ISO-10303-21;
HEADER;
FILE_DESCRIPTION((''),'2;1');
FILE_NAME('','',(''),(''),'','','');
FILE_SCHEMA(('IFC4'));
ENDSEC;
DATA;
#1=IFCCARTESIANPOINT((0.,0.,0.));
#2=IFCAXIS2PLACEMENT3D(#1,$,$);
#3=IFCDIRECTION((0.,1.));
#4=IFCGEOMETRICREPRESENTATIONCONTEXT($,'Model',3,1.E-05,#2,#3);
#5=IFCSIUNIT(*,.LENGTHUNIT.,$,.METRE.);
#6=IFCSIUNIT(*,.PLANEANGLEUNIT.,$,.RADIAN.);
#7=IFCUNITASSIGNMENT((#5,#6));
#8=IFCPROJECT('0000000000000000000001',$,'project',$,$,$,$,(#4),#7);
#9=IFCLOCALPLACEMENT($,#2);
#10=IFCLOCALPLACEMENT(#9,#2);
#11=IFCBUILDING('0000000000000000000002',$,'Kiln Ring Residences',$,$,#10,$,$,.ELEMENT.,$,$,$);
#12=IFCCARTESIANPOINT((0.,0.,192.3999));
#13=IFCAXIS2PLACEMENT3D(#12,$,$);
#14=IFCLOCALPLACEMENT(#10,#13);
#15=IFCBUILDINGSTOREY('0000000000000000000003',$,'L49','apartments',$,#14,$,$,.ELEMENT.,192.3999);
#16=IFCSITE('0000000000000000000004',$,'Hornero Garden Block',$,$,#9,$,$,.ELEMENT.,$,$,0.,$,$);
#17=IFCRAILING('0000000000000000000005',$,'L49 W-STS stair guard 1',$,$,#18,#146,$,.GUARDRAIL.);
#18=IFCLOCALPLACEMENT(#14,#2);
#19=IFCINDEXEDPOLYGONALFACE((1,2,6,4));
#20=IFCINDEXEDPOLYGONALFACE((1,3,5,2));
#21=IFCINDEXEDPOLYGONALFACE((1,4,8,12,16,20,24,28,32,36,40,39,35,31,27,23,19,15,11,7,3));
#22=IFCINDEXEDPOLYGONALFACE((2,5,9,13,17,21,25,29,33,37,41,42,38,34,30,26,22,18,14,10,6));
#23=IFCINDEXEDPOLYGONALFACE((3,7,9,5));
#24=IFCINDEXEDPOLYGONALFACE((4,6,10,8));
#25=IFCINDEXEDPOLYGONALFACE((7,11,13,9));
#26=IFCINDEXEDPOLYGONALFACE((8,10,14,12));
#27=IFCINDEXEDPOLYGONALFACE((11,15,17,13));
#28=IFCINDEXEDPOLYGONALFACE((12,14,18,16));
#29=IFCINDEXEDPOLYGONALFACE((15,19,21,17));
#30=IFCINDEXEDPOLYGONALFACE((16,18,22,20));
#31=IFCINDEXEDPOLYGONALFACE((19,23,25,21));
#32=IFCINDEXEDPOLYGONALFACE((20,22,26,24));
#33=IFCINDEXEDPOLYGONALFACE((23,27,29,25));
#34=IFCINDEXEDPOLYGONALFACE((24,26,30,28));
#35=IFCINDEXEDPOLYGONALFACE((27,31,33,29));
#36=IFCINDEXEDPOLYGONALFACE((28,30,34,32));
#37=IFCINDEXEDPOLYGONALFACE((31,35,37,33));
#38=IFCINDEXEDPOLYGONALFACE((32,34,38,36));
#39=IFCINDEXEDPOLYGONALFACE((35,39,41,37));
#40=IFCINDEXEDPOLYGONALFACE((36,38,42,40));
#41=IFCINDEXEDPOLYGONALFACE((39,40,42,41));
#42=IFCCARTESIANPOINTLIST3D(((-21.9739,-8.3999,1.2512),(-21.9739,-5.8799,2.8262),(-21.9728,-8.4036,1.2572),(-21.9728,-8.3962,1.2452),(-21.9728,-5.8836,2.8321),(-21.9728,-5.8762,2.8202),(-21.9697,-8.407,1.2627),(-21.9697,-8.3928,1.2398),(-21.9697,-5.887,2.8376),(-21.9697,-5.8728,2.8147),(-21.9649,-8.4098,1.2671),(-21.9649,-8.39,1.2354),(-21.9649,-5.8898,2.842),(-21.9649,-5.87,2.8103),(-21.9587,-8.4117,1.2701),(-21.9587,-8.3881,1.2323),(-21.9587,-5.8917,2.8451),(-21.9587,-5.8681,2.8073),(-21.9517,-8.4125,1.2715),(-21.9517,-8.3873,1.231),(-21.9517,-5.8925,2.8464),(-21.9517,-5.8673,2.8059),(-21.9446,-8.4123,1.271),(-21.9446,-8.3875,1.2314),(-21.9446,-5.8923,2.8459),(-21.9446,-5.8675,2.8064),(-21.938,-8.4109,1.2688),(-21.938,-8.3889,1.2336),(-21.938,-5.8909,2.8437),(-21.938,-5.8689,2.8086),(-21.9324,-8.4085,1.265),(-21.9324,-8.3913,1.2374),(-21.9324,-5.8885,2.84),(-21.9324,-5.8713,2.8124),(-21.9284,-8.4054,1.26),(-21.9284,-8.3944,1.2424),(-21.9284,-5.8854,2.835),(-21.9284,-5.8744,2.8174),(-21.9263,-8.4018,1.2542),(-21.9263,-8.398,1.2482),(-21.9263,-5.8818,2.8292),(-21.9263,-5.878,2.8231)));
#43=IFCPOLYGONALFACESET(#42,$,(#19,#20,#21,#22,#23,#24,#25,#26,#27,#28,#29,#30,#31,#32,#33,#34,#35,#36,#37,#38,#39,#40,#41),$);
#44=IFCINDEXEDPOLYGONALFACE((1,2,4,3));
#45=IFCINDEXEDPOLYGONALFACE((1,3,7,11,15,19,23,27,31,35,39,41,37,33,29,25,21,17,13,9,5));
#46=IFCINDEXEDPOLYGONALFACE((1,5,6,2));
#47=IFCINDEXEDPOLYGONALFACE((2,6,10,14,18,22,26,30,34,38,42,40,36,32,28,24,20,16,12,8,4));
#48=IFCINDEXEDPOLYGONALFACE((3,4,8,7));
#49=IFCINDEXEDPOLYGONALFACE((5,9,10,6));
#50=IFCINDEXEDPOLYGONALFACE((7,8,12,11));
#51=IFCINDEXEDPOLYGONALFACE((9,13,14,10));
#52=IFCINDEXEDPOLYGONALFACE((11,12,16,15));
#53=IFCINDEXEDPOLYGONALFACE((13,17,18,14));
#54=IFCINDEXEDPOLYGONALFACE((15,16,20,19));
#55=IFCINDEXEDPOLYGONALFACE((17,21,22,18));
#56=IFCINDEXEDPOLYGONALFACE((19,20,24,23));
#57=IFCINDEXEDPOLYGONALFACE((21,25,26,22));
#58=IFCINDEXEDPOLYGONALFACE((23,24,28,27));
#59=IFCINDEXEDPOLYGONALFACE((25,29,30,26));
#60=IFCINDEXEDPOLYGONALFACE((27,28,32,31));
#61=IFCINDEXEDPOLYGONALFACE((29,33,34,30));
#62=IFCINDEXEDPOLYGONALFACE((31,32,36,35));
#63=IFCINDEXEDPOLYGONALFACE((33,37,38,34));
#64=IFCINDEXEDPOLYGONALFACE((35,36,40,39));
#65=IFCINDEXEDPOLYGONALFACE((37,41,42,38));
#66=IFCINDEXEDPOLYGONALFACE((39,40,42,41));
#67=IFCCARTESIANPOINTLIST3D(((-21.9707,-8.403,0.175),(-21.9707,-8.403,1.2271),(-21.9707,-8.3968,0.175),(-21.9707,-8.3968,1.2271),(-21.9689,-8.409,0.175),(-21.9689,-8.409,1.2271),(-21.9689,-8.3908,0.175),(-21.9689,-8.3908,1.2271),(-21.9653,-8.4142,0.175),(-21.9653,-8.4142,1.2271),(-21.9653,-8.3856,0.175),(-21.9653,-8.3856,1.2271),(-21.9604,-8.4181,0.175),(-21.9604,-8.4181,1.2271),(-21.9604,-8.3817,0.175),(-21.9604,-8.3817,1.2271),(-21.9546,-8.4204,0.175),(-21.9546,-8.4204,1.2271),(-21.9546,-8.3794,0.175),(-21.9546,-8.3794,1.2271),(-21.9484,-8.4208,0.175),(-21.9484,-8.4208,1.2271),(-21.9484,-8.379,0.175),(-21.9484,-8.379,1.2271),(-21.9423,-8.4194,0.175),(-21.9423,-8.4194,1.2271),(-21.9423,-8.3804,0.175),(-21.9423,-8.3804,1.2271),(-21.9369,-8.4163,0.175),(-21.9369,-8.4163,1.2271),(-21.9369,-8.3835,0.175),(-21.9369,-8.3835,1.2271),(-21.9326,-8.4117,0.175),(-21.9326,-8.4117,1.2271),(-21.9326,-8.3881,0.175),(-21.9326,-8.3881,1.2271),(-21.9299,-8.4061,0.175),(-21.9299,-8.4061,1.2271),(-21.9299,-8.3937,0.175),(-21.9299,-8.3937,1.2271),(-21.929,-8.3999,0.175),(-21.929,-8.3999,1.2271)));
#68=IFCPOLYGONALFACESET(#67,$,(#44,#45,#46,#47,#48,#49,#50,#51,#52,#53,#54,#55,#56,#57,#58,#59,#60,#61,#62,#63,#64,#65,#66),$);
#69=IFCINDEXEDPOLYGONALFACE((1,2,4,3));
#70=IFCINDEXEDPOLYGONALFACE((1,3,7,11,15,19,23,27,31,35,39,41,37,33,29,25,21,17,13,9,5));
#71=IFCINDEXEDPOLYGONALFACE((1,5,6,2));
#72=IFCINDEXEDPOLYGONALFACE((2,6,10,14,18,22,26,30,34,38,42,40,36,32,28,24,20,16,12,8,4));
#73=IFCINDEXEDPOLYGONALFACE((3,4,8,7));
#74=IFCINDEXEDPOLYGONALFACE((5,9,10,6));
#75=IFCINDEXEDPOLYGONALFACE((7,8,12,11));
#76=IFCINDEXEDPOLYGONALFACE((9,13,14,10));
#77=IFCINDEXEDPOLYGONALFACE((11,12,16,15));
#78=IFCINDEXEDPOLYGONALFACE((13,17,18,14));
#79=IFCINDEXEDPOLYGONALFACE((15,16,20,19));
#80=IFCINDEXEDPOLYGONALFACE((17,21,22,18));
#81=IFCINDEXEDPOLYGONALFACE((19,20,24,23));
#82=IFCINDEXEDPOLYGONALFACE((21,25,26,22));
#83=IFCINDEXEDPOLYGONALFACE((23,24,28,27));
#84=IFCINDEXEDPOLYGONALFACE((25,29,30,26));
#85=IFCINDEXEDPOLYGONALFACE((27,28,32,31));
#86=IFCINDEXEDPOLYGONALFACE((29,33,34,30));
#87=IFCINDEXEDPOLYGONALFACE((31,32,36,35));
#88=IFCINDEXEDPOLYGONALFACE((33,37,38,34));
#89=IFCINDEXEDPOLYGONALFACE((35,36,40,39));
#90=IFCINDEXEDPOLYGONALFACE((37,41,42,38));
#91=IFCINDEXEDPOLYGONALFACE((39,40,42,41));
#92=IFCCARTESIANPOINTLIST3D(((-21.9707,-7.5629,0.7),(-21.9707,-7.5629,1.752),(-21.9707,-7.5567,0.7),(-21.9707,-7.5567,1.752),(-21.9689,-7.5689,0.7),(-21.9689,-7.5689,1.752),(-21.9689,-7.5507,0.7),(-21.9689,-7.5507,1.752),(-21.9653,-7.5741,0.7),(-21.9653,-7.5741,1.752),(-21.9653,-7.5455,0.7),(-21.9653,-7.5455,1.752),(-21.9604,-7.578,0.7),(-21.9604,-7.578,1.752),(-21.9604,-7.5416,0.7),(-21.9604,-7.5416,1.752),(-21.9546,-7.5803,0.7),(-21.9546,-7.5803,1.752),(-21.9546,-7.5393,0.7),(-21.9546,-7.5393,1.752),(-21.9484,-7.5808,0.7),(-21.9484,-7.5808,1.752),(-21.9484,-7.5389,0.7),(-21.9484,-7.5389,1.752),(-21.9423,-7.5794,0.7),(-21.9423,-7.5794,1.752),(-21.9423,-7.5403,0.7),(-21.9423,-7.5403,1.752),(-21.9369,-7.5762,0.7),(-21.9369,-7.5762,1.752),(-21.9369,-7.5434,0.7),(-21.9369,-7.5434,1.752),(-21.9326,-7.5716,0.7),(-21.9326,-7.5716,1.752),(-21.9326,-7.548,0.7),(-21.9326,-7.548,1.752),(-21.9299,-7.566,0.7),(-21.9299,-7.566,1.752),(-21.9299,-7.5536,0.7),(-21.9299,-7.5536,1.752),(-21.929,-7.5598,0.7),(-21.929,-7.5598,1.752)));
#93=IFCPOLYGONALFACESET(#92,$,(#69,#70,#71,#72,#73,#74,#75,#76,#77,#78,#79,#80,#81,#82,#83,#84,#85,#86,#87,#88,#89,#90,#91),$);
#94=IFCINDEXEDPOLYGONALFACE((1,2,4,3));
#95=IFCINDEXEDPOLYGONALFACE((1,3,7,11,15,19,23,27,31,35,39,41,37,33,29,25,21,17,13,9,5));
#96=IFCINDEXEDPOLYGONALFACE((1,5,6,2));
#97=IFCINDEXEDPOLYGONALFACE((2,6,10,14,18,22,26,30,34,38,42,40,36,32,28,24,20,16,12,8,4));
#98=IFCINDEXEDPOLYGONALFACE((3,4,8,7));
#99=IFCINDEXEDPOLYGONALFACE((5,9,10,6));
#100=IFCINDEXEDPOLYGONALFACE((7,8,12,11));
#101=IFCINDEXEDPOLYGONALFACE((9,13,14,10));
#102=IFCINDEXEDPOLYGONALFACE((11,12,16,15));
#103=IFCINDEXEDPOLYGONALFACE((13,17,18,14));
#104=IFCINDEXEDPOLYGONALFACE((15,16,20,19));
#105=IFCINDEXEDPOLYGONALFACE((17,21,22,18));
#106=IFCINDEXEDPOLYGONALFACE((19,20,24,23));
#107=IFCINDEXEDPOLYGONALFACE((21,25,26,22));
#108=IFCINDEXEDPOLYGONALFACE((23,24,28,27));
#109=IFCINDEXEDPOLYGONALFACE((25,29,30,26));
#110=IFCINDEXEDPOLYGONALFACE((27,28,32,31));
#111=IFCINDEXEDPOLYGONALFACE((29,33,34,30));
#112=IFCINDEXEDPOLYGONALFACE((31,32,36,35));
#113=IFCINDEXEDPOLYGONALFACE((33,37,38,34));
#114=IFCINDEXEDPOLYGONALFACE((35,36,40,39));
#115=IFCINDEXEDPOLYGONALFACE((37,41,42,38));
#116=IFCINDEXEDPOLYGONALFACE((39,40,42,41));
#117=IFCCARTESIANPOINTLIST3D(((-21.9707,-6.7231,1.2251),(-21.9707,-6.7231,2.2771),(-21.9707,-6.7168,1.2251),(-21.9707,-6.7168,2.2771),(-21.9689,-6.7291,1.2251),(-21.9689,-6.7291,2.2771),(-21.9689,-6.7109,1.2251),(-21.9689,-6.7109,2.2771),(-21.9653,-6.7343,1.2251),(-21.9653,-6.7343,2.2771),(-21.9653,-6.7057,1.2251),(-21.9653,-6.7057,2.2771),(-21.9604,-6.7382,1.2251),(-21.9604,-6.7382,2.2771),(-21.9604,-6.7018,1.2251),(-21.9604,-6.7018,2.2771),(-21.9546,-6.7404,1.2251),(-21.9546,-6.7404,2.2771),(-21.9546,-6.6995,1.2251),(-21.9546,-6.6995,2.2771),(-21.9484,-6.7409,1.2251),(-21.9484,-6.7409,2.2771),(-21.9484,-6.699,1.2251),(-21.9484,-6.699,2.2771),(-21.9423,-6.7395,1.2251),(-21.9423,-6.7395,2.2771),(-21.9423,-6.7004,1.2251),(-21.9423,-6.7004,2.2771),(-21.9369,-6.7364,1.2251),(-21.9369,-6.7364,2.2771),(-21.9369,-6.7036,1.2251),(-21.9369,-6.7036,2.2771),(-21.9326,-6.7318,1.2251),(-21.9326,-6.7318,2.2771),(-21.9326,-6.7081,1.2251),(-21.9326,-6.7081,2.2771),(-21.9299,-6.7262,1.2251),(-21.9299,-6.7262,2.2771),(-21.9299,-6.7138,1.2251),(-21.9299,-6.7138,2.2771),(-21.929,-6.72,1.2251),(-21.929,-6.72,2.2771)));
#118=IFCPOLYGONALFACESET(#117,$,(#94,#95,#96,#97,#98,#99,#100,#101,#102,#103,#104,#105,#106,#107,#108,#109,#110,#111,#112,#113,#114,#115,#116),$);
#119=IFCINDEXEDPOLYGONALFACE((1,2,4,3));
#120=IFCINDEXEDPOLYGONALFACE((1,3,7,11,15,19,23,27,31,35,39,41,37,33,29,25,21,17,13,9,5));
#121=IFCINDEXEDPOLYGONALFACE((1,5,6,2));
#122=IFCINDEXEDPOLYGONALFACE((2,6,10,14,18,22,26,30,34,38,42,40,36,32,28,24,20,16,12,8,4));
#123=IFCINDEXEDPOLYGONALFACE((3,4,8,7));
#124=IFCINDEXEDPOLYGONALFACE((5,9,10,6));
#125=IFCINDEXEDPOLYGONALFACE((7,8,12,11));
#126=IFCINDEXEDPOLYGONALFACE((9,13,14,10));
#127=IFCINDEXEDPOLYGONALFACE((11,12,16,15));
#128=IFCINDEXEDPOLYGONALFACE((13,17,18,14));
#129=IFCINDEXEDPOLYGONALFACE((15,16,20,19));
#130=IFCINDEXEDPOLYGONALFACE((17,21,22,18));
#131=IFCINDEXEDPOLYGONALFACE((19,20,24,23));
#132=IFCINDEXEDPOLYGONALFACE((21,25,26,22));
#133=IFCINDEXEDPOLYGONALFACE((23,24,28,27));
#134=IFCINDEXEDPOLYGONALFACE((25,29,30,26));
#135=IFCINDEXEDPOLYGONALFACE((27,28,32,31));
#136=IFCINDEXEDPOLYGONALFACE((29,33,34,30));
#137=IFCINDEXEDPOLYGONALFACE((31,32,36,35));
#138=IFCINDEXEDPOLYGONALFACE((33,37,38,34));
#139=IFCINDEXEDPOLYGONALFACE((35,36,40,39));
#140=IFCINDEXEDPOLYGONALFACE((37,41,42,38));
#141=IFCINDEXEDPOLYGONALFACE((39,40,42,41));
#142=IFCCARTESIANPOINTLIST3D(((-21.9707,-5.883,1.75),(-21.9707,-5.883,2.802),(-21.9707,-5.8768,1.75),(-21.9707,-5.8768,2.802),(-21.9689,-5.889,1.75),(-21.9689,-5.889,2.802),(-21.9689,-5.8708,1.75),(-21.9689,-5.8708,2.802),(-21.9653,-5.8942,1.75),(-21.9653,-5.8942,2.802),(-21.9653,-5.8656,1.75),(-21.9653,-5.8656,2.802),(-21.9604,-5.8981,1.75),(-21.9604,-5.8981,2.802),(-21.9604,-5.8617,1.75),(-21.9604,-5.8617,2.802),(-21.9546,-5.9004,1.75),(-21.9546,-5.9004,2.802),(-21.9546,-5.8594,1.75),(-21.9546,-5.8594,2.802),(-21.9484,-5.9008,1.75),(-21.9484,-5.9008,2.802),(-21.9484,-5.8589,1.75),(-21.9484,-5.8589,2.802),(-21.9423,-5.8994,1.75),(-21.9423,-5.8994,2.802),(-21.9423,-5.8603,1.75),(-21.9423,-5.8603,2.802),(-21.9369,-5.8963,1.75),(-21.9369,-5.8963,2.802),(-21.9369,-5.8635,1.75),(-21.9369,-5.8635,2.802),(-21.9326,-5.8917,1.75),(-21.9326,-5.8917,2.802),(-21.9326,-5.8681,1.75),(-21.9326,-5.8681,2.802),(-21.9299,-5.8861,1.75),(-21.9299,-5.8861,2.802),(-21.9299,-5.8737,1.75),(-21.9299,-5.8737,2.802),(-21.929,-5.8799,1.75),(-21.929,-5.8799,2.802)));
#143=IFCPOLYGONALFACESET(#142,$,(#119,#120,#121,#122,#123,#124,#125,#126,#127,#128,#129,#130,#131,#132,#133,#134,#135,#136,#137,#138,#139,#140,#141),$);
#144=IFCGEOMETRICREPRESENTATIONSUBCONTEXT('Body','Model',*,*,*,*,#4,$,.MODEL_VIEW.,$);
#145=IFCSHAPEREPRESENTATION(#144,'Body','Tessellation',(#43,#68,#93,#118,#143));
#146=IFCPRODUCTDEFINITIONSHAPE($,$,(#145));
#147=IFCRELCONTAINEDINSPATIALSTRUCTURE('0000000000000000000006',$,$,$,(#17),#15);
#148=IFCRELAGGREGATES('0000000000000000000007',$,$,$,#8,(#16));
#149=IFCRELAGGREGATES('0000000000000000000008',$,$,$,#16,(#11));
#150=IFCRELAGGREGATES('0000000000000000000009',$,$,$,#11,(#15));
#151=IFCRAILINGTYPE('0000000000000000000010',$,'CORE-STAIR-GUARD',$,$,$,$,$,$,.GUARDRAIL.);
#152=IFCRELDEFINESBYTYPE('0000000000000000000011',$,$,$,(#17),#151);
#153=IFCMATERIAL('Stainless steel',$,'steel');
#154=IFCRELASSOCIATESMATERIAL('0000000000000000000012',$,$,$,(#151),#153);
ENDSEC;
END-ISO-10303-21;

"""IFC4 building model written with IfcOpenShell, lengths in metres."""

from ifc_helpers import new_model, si_unit, direction, frame, origin, origin_2d, place, context, subcontext, project, spatial, circle, extrude, material, type_object, element, save


model = new_model("IFC4")

# Units and contexts
model_context = context("Model", 3, precision=1e-05, world=origin(), true_north=direction((0.0, 1.0)))
body_context = subcontext(model_context, "Body", "Model", "MODEL_VIEW")
ifc_project = project(units=[si_unit("LENGTHUNIT", "METRE"), si_unit("PLANEANGLEUNIT", "RADIAN")], contexts=[model_context])

# Site, building, storey
site_placement = place(None, origin())
site = spatial("IfcSite", under=ifc_project, at=site_placement, Name="Hornero Garden Block", CompositionType="ELEMENT", RefElevation=0.0)
building_placement = place(site_placement, origin())
building = spatial("IfcBuilding", under=site, at=building_placement, Name="Kiln Ring Residences", CompositionType="ELEMENT")
storey_placement = place(building_placement, frame((0.0, 0.0, 192.3999)))
storey = spatial("IfcBuildingStorey", under=building, at=storey_placement, Name="L49", Description="apartments", CompositionType="ELEMENT", Elevation=192.3999)

# Railing
ifc_material_1 = material(Name="Stainless steel", Category="steel")
railing_type_1 = type_object("IfcRailingType", Name="CORE-STAIR-GUARD", PredefinedType="GUARDRAIL", material=ifc_material_1)
railing_1_placement = place(storey_placement, frame((-21.95, -8.3999, 0.175)))
element("IfcRailing", 1, at=railing_1_placement, inside=storey, type_object=railing_type_1, Name="L49 W-STS stair guard 1", PredefinedType="GUARDRAIL", context=body_context, shape_type="SweptSolid", body=[
    extrude(circle(Radius=0.0239, at=origin_2d()), frame((0.0, 0.0, 1.0762), z_axis=(0.0, 0.848008, 0.529984), x_axis=(-1.0, 0.0, 0.0)), (0.0, 0.0, 1.0), 2.9717),
    extrude(circle(Radius=0.021, at=origin_2d()), origin(), (0.0, 0.0, 1.0), 1.052),
    extrude(circle(Radius=0.021, at=origin_2d()), frame((0.0, 0.8401, 0.5249)), (0.0, 0.0, 1.0), 1.052),
    extrude(circle(Radius=0.021, at=origin_2d()), frame((0.0, 1.6799, 1.05)), (0.0, 0.0, 1.0), 1.052),
    extrude(circle(Radius=0.021, at=origin_2d()), frame((0.0, 2.52, 1.575)), (0.0, 0.0, 1.0), 1.052),
])

save(model, "model.ifc")
